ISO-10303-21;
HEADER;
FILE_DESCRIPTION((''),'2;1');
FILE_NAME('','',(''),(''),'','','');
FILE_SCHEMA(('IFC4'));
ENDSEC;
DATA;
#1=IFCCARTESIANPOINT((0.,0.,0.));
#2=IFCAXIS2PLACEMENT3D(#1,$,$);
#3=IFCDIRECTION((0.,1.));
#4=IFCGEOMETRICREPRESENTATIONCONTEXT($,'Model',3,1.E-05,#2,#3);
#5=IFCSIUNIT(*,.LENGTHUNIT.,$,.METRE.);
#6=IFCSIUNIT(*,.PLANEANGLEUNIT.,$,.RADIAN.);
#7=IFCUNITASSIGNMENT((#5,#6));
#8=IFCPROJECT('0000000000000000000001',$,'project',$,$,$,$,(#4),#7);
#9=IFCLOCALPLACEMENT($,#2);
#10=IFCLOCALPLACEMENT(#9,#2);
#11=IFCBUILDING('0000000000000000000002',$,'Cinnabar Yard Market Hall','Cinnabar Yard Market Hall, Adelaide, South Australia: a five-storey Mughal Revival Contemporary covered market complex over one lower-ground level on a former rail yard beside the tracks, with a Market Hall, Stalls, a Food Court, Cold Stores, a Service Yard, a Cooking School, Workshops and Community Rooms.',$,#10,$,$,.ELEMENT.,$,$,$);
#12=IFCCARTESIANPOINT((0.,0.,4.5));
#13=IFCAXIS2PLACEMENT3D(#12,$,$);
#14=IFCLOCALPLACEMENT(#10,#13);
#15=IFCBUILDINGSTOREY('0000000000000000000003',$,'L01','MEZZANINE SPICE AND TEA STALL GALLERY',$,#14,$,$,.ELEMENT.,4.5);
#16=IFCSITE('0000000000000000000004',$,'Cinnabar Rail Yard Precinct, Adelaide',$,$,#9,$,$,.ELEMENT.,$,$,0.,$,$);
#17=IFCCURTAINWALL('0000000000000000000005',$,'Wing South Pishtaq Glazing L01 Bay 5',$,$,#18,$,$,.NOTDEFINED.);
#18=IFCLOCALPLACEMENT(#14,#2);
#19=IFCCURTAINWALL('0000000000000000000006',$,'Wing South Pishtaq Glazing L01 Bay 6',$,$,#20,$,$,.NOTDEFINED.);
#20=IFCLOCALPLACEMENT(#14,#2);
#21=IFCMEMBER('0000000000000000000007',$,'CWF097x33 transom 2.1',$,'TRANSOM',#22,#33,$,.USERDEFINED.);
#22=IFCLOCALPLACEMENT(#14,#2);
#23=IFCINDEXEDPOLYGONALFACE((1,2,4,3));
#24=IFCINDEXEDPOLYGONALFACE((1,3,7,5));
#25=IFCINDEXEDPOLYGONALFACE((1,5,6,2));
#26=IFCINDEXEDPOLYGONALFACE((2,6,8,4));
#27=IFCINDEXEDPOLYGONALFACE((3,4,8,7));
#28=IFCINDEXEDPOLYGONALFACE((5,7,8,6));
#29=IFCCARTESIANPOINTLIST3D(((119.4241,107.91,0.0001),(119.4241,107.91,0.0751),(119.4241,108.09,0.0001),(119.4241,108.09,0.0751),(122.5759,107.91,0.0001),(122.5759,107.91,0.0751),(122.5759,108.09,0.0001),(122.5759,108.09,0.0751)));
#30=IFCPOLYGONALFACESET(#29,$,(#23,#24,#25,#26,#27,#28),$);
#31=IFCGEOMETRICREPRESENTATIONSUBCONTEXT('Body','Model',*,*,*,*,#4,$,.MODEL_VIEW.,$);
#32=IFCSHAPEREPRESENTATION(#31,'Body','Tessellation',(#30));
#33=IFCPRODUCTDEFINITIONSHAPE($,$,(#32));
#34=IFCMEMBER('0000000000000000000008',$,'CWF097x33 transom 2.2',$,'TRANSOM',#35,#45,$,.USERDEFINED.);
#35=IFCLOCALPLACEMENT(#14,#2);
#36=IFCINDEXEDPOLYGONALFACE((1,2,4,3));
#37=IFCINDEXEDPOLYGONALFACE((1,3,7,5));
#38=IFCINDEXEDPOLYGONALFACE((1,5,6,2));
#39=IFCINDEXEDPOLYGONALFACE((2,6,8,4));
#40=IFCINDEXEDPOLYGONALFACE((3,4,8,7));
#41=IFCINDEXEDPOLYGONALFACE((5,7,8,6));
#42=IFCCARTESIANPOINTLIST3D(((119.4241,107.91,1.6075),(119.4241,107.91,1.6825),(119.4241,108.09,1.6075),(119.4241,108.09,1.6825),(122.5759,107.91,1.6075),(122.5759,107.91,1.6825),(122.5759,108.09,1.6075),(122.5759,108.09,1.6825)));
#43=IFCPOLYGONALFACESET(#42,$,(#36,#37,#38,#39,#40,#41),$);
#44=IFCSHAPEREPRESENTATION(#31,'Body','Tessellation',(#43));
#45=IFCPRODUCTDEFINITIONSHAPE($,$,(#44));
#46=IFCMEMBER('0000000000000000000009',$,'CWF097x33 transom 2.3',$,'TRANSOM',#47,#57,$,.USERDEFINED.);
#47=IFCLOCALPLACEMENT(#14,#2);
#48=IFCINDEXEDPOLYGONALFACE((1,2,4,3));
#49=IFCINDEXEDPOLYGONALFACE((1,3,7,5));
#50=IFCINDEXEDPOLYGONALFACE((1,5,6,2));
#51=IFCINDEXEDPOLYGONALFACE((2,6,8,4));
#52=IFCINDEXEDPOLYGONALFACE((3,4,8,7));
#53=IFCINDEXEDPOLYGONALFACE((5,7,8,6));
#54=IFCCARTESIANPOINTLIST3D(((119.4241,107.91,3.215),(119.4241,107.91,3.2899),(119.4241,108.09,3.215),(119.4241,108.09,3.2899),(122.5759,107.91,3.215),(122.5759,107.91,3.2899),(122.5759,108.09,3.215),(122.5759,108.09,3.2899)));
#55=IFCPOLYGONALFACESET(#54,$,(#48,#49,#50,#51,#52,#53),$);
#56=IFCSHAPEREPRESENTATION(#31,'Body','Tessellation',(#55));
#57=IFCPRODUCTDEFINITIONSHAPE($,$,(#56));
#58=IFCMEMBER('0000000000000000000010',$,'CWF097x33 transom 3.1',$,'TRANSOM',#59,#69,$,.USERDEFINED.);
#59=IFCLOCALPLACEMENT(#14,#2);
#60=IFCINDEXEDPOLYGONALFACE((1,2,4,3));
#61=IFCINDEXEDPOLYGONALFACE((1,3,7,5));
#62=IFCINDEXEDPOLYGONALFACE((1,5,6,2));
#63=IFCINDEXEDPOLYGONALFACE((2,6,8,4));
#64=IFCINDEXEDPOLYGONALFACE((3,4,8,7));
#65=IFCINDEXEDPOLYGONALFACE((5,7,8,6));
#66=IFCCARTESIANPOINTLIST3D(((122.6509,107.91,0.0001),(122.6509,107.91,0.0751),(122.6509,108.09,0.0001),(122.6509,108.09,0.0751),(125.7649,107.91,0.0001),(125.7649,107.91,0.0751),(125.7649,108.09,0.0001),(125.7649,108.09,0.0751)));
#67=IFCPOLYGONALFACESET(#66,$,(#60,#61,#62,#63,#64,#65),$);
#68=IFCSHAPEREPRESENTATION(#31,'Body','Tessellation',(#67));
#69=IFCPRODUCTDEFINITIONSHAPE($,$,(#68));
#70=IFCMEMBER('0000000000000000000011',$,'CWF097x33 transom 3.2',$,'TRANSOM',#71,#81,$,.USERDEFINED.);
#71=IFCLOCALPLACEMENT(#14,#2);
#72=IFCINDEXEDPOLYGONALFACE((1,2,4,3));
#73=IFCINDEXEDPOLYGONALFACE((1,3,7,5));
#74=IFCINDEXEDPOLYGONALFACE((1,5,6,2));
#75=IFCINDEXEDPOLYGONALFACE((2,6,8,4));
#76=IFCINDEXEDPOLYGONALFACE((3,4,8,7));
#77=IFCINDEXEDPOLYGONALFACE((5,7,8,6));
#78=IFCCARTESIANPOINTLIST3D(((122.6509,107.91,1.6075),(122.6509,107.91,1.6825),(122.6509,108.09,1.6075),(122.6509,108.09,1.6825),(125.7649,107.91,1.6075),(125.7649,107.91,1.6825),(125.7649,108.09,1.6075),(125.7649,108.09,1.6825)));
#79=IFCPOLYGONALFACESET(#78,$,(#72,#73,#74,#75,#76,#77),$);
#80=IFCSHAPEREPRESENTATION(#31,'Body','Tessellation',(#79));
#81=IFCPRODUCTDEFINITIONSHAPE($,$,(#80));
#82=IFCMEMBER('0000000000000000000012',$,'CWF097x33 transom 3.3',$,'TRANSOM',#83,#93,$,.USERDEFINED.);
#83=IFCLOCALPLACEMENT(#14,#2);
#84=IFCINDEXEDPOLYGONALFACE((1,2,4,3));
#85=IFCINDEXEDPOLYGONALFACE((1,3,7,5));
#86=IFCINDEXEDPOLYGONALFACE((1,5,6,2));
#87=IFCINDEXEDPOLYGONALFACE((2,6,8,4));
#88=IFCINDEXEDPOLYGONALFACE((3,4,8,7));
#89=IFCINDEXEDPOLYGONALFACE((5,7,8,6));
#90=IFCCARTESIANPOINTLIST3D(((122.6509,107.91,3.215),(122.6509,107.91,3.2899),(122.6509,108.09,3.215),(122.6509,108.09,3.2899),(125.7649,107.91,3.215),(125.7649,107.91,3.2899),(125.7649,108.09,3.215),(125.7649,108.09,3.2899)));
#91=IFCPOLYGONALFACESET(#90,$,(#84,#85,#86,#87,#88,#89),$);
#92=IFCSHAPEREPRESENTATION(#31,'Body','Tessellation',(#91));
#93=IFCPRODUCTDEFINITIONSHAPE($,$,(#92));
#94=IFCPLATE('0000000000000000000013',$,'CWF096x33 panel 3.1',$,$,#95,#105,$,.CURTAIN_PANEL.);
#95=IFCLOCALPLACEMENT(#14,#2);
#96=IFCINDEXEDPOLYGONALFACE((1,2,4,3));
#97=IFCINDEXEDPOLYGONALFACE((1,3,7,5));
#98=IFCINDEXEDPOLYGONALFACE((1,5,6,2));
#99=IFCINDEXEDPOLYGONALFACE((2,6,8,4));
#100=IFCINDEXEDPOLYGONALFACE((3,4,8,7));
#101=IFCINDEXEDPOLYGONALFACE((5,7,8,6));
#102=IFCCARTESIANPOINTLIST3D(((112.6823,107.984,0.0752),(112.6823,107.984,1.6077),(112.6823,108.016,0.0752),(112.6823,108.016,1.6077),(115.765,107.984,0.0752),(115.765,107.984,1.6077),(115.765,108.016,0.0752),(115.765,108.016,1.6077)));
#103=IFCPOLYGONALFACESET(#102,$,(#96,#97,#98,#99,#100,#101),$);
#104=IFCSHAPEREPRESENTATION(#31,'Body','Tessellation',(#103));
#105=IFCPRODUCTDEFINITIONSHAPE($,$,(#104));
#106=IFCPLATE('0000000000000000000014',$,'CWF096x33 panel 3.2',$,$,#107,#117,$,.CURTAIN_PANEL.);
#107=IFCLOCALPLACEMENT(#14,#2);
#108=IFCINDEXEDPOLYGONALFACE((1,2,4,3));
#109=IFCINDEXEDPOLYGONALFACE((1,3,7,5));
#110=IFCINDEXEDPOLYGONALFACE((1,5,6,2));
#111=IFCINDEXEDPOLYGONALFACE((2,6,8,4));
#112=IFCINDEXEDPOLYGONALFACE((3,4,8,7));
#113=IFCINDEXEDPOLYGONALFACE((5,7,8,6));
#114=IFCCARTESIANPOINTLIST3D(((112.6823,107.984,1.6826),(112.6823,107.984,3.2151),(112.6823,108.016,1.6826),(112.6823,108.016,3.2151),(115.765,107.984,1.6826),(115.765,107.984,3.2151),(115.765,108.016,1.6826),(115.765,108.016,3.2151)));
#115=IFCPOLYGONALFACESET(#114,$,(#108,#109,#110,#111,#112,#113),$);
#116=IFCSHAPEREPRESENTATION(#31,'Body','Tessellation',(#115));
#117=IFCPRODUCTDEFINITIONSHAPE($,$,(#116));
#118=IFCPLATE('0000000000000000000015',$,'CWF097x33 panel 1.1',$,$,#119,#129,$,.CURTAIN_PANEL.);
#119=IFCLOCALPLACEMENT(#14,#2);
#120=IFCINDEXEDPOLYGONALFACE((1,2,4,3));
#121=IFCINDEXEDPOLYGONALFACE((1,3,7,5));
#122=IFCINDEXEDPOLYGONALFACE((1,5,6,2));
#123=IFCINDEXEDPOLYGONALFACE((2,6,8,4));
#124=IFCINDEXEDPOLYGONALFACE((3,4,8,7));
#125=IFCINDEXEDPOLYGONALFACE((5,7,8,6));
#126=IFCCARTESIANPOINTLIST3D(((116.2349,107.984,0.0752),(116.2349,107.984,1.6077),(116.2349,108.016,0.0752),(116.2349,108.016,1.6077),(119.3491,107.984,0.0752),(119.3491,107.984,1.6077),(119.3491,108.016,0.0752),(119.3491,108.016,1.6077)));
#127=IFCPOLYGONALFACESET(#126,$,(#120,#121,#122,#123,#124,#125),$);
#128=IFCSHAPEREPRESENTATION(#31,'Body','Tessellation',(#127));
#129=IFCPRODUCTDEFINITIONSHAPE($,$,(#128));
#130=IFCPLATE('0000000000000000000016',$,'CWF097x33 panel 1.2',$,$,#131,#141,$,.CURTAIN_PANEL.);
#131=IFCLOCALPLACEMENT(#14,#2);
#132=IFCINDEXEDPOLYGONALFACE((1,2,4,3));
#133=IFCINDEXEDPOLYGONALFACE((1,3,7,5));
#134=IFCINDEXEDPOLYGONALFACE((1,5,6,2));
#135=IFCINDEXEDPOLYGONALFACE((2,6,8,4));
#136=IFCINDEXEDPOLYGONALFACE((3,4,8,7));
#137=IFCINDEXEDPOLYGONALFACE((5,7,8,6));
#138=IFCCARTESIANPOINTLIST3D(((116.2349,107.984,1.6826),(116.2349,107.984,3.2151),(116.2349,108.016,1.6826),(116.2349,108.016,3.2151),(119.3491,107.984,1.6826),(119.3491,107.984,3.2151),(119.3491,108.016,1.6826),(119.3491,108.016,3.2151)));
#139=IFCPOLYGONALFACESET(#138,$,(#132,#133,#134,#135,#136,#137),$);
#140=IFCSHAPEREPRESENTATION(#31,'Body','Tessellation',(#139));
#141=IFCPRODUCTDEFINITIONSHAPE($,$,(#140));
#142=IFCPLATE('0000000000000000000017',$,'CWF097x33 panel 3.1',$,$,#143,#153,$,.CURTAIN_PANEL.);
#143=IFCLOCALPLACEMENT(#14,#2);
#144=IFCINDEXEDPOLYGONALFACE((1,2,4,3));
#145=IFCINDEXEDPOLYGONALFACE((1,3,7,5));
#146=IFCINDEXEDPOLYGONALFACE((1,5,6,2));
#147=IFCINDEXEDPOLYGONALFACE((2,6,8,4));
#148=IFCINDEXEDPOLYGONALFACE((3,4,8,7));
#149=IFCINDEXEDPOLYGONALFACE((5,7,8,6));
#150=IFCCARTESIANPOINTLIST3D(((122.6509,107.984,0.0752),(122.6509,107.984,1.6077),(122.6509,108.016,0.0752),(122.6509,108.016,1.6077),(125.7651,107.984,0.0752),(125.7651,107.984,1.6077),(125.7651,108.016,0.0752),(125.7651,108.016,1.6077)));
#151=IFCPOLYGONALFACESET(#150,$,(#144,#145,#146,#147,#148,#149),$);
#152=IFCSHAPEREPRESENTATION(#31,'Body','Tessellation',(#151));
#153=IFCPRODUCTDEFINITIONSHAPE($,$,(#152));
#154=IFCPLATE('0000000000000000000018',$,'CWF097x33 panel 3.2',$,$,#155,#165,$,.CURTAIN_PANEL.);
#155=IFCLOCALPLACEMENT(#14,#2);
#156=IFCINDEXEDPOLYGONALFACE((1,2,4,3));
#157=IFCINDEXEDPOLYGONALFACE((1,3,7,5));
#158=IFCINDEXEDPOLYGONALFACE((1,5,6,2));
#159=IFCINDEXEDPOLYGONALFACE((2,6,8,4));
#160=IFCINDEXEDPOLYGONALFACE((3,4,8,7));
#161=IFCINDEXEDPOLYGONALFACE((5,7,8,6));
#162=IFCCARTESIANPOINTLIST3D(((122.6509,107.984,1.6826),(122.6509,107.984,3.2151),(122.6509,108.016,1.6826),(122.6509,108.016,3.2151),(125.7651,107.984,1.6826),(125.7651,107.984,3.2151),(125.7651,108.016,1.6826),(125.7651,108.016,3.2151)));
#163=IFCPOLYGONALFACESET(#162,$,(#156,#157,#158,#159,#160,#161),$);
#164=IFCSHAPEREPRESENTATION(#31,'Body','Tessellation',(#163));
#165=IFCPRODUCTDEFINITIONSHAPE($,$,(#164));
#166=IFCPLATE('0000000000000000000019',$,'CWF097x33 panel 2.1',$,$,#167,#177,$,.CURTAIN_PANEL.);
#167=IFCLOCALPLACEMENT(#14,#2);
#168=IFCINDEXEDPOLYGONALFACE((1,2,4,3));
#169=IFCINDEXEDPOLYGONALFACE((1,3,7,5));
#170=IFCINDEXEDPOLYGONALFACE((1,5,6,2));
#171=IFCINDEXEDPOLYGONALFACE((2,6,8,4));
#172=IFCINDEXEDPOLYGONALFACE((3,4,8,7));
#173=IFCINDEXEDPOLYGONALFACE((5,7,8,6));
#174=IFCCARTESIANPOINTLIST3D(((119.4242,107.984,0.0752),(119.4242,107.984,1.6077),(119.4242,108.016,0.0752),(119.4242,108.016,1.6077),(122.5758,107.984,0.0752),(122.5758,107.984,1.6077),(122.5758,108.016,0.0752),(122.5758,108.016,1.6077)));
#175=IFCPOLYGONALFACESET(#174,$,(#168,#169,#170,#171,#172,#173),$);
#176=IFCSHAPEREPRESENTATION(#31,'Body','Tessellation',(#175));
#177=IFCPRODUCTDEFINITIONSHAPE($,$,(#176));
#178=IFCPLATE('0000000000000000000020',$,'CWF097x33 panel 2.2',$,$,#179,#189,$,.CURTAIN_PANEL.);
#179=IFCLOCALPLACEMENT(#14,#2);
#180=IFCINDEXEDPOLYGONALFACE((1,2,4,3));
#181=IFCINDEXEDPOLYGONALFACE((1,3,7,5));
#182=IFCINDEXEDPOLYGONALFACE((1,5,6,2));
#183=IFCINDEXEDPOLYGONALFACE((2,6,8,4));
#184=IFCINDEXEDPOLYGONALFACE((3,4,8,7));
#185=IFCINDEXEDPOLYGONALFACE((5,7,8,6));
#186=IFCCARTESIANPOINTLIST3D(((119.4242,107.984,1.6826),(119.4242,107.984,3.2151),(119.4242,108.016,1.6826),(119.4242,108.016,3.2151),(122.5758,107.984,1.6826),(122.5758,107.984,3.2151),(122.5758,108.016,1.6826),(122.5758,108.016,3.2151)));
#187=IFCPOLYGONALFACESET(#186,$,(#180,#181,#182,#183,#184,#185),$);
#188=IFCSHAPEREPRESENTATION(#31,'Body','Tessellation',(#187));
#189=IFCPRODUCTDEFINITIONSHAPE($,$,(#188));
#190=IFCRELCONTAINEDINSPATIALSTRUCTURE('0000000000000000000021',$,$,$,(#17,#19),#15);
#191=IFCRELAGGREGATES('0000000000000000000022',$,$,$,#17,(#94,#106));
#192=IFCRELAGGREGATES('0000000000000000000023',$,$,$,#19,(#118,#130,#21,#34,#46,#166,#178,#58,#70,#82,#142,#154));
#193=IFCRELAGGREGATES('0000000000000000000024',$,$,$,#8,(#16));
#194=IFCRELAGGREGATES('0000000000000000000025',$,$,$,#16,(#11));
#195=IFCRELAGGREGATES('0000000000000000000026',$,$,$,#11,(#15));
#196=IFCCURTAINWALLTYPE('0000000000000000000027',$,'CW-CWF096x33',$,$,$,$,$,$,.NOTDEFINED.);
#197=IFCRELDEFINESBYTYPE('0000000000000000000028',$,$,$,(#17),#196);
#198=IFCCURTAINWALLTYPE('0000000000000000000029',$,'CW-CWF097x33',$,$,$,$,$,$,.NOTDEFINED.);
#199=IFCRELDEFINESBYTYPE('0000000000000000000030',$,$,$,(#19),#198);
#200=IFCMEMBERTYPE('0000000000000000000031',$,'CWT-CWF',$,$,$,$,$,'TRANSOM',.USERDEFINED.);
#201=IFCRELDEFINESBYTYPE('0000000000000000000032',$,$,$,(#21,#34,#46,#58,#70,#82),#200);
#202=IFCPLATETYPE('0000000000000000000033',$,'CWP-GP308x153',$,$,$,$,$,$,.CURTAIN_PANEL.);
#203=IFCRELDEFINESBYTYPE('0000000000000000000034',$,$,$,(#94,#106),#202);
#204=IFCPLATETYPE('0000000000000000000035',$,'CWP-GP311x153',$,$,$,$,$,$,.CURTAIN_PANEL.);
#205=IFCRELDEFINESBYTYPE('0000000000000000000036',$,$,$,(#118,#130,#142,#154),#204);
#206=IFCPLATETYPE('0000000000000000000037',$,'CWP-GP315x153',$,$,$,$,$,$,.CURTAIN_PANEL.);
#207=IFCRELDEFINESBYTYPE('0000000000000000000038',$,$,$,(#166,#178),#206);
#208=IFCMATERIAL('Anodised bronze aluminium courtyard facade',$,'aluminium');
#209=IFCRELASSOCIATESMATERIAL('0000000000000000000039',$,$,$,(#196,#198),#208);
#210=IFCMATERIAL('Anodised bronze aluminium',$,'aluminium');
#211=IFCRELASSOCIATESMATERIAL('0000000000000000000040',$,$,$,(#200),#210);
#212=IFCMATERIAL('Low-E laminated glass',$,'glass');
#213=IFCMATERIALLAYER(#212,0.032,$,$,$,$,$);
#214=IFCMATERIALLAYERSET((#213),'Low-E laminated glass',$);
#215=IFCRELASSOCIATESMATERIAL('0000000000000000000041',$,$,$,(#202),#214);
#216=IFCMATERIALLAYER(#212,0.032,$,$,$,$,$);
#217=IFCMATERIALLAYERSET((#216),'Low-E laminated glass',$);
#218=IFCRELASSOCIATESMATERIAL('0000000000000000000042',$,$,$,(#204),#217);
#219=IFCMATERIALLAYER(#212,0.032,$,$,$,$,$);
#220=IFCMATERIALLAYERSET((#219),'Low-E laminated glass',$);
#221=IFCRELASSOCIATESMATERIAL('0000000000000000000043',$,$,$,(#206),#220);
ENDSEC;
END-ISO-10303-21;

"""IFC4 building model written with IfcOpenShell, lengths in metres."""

from ifc_helpers import new_model, si_unit, direction, frame, origin, origin_2d_with_axis, place, context, subcontext, project, spatial, rectangle, extrude, material, layer, layer_set, material_profile, profile_set, type_object, element, aggregate, save


model = new_model("IFC4")

# Units and contexts
model_context = context("Model", 3, precision=1e-05, world=origin(), true_north=direction((0.0, 1.0)))
body_context = subcontext(model_context, "Body", "Model", "MODEL_VIEW")
ifc_project = project(units=[si_unit("LENGTHUNIT", "METRE"), si_unit("PLANEANGLEUNIT", "RADIAN")], contexts=[model_context])

# Site, building, storey
site_placement = place(None, origin())
site = spatial("IfcSite", under=ifc_project, at=site_placement, Name="Cinnabar Rail Yard Precinct, Adelaide", CompositionType="ELEMENT", RefElevation=0.0)
building_placement = place(site_placement, origin())
building = spatial("IfcBuilding", under=site, at=building_placement, Name="Cinnabar Yard Market Hall", Description="Cinnabar Yard Market Hall, Adelaide, South Australia: a five-storey Mughal Revival Contemporary covered market complex over one lower-ground level on a former rail yard beside the tracks, with a Market Hall, Stalls, a Food Court, Cold Stores, a Service Yard, a Cooking School, Workshops and Community Rooms.", CompositionType="ELEMENT")
storey_placement = place(building_placement, frame((0.0, 0.0, 4.5)))
storey = spatial("IfcBuildingStorey", under=building, at=storey_placement, Name="L01", Description="MEZZANINE SPICE AND TEA STALL GALLERY", CompositionType="ELEMENT", Elevation=4.5)

# Curtain wall
ifc_material_1 = material(Name="Anodised bronze aluminium courtyard facade", Category="aluminium")
curtain_wall_type_1 = type_object("IfcCurtainWallType", Name="CW-CWF096x33", PredefinedType="NOTDEFINED", material=ifc_material_1)
curtain_wall_1_placement = place(storey_placement, origin())
curtain_wall_1 = element("IfcCurtainWall", 1, at=curtain_wall_1_placement, inside=storey, type_object=curtain_wall_type_1, Name="Wing South Pishtaq Glazing L01 Bay 5", PredefinedType="NOTDEFINED")
ifc_material_2 = material(Name="Anodised bronze aluminium", Category="aluminium")

# Curtain wall
curtain_wall_type_2 = type_object("IfcCurtainWallType", Name="CW-CWF097x33", PredefinedType="NOTDEFINED", material=ifc_material_1)
curtain_wall_2_placement = place(storey_placement, origin())
curtain_wall_2 = element("IfcCurtainWall", 2, at=curtain_wall_2_placement, inside=storey, type_object=curtain_wall_type_2, Name="Wing South Pishtaq Glazing L01 Bay 6", PredefinedType="NOTDEFINED")

# Members
ifc_material_profile_1 = material_profile(ifc_material_2, rectangle(XDim=0.1799, YDim=0.075, at=origin_2d_with_axis()), Name="TRN-CWF")
ifc_profile_set_1 = profile_set([ifc_material_profile_1], Name="Anodised bronze aluminium")
member_type_1 = type_object("IfcMemberType", Name="CWT-CWF", ElementType="TRANSOM", PredefinedType="USERDEFINED", material=ifc_profile_set_1)
member_1_placement = place(storey_placement, frame((119.4241, 108.0, 0.0376), z_axis=(1.0, 0.0, 0.0), x_axis=(0.0, 1.0, 0.0)))
member_1 = element("IfcMember", 3, at=member_1_placement, type_object=member_type_1, Name="CWF097x33 transom 2.1", ObjectType="TRANSOM", PredefinedType="USERDEFINED", context=body_context, shape_type="SweptSolid", body=[
    extrude(rectangle(XDim=0.1799, YDim=0.075, at=origin_2d_with_axis()), origin(), (0.0, 0.0, 1.0), 3.1519),
])
member_2_placement = place(storey_placement, frame((119.4241, 108.0, 1.645), z_axis=(1.0, 0.0, 0.0), x_axis=(0.0, 1.0, 0.0)))
member_2 = element("IfcMember", 4, at=member_2_placement, type_object=member_type_1, Name="CWF097x33 transom 2.2", ObjectType="TRANSOM", PredefinedType="USERDEFINED", context=body_context, shape_type="SweptSolid", body=[
    extrude(rectangle(XDim=0.1799, YDim=0.075, at=origin_2d_with_axis()), origin(), (0.0, 0.0, 1.0), 3.1519),
])
member_3_placement = place(storey_placement, frame((119.4241, 108.0, 3.2524), z_axis=(1.0, 0.0, 0.0), x_axis=(0.0, 1.0, 0.0)))
member_3 = element("IfcMember", 5, at=member_3_placement, type_object=member_type_1, Name="CWF097x33 transom 2.3", ObjectType="TRANSOM", PredefinedType="USERDEFINED", context=body_context, shape_type="SweptSolid", body=[
    extrude(rectangle(XDim=0.1799, YDim=0.075, at=origin_2d_with_axis()), origin(), (0.0, 0.0, 1.0), 3.1519),
])
member_4_placement = place(storey_placement, frame((122.6509, 108.0, 0.0376), z_axis=(1.0, 0.0, 0.0), x_axis=(0.0, 1.0, 0.0)))
member_4 = element("IfcMember", 6, at=member_4_placement, type_object=member_type_1, Name="CWF097x33 transom 3.1", ObjectType="TRANSOM", PredefinedType="USERDEFINED", context=body_context, shape_type="SweptSolid", body=[
    extrude(rectangle(XDim=0.1799, YDim=0.075, at=origin_2d_with_axis()), origin(), (0.0, 0.0, 1.0), 3.114),
])
member_5_placement = place(storey_placement, frame((122.6509, 108.0, 1.645), z_axis=(1.0, 0.0, 0.0), x_axis=(0.0, 1.0, 0.0)))
member_5 = element("IfcMember", 7, at=member_5_placement, type_object=member_type_1, Name="CWF097x33 transom 3.2", ObjectType="TRANSOM", PredefinedType="USERDEFINED", context=body_context, shape_type="SweptSolid", body=[
    extrude(rectangle(XDim=0.1799, YDim=0.075, at=origin_2d_with_axis()), origin(), (0.0, 0.0, 1.0), 3.114),
])
member_6_placement = place(storey_placement, frame((122.6509, 108.0, 3.2524), z_axis=(1.0, 0.0, 0.0), x_axis=(0.0, 1.0, 0.0)))
member_6 = element("IfcMember", 8, at=member_6_placement, type_object=member_type_1, Name="CWF097x33 transom 3.3", ObjectType="TRANSOM", PredefinedType="USERDEFINED", context=body_context, shape_type="SweptSolid", body=[
    extrude(rectangle(XDim=0.1799, YDim=0.075, at=origin_2d_with_axis()), origin(), (0.0, 0.0, 1.0), 3.114),
])

# Plates
ifc_material_3 = material(Name="Low-E laminated glass", Category="glass")
ifc_layer_1 = layer(ifc_material_3, 0.032)
ifc_layer_set_1 = layer_set([ifc_layer_1], Name="Low-E laminated glass")
plate_type_1 = type_object("IfcPlateType", Name="CWP-GP308x153", PredefinedType="CURTAIN_PANEL", material=ifc_layer_set_1)
plate_1_placement = place(storey_placement, frame((114.2236, 108.0, 0.0752), z_axis=(0.0, 0.0, 1.0), x_axis=(1.0, 0.0, 0.0)))
plate_1 = element("IfcPlate", 9, at=plate_1_placement, type_object=plate_type_1, Name="CWF096x33 panel 3.1", PredefinedType="CURTAIN_PANEL", context=body_context, shape_type="SweptSolid", body=[
    extrude(rectangle(XDim=3.0828, YDim=0.032, at=origin_2d_with_axis()), origin(), (0.0, 0.0, 1.0), 1.5325),
])
plate_2_placement = place(storey_placement, frame((114.2236, 108.0, 1.6826), z_axis=(0.0, 0.0, 1.0), x_axis=(1.0, 0.0, 0.0)))
plate_2 = element("IfcPlate", 10, at=plate_2_placement, type_object=plate_type_1, Name="CWF096x33 panel 3.2", PredefinedType="CURTAIN_PANEL", context=body_context, shape_type="SweptSolid", body=[
    extrude(rectangle(XDim=3.0828, YDim=0.032, at=origin_2d_with_axis()), origin(), (0.0, 0.0, 1.0), 1.5325),
])
aggregate(curtain_wall_1, [plate_1, plate_2])
ifc_layer_2 = layer(ifc_material_3, 0.032)
ifc_layer_set_2 = layer_set([ifc_layer_2], Name="Low-E laminated glass")
plate_type_2 = type_object("IfcPlateType", Name="CWP-GP311x153", PredefinedType="CURTAIN_PANEL", material=ifc_layer_set_2)
plate_3_placement = place(storey_placement, frame((117.792, 108.0, 0.0752), z_axis=(0.0, 0.0, 1.0), x_axis=(1.0, 0.0, 0.0)))
plate_3 = element("IfcPlate", 11, at=plate_3_placement, type_object=plate_type_2, Name="CWF097x33 panel 1.1", PredefinedType="CURTAIN_PANEL", context=body_context, shape_type="SweptSolid", body=[
    extrude(rectangle(XDim=3.1143, YDim=0.032, at=origin_2d_with_axis()), origin(), (0.0, 0.0, 1.0), 1.5325),
])
plate_4_placement = place(storey_placement, frame((117.792, 108.0, 1.6826), z_axis=(0.0, 0.0, 1.0), x_axis=(1.0, 0.0, 0.0)))
plate_4 = element("IfcPlate", 12, at=plate_4_placement, type_object=plate_type_2, Name="CWF097x33 panel 1.2", PredefinedType="CURTAIN_PANEL", context=body_context, shape_type="SweptSolid", body=[
    extrude(rectangle(XDim=3.1143, YDim=0.032, at=origin_2d_with_axis()), origin(), (0.0, 0.0, 1.0), 1.5325),
])
plate_5_placement = place(storey_placement, frame((124.208, 108.0, 0.0752), z_axis=(0.0, 0.0, 1.0), x_axis=(1.0, 0.0, 0.0)))
plate_5 = element("IfcPlate", 13, at=plate_5_placement, type_object=plate_type_2, Name="CWF097x33 panel 3.1", PredefinedType="CURTAIN_PANEL", context=body_context, shape_type="SweptSolid", body=[
    extrude(rectangle(XDim=3.1143, YDim=0.032, at=origin_2d_with_axis()), origin(), (0.0, 0.0, 1.0), 1.5325),
])
plate_6_placement = place(storey_placement, frame((124.208, 108.0, 1.6826), z_axis=(0.0, 0.0, 1.0), x_axis=(1.0, 0.0, 0.0)))
plate_6 = element("IfcPlate", 14, at=plate_6_placement, type_object=plate_type_2, Name="CWF097x33 panel 3.2", PredefinedType="CURTAIN_PANEL", context=body_context, shape_type="SweptSolid", body=[
    extrude(rectangle(XDim=3.1143, YDim=0.032, at=origin_2d_with_axis()), origin(), (0.0, 0.0, 1.0), 1.5325),
])
ifc_layer_3 = layer(ifc_material_3, 0.032)
ifc_layer_set_3 = layer_set([ifc_layer_3], Name="Low-E laminated glass")
plate_type_3 = type_object("IfcPlateType", Name="CWP-GP315x153", PredefinedType="CURTAIN_PANEL", material=ifc_layer_set_3)
plate_7_placement = place(storey_placement, frame((121.0, 108.0, 0.0752), z_axis=(0.0, 0.0, 1.0), x_axis=(1.0, 0.0, 0.0)))
plate_7 = element("IfcPlate", 15, at=plate_7_placement, type_object=plate_type_3, Name="CWF097x33 panel 2.1", PredefinedType="CURTAIN_PANEL", context=body_context, shape_type="SweptSolid", body=[
    extrude(rectangle(XDim=3.1516, YDim=0.032, at=origin_2d_with_axis()), origin(), (0.0, 0.0, 1.0), 1.5325),
])
plate_8_placement = place(storey_placement, frame((121.0, 108.0, 1.6826), z_axis=(0.0, 0.0, 1.0), x_axis=(1.0, 0.0, 0.0)))
plate_8 = element("IfcPlate", 16, at=plate_8_placement, type_object=plate_type_3, Name="CWF097x33 panel 2.2", PredefinedType="CURTAIN_PANEL", context=body_context, shape_type="SweptSolid", body=[
    extrude(rectangle(XDim=3.1516, YDim=0.032, at=origin_2d_with_axis()), origin(), (0.0, 0.0, 1.0), 1.5325),
])
aggregate(curtain_wall_2, [plate_3, plate_4, member_1, member_2, member_3, plate_7, plate_8, member_4, member_5, member_6, plate_5, plate_6])

save(model, "model.ifc")
